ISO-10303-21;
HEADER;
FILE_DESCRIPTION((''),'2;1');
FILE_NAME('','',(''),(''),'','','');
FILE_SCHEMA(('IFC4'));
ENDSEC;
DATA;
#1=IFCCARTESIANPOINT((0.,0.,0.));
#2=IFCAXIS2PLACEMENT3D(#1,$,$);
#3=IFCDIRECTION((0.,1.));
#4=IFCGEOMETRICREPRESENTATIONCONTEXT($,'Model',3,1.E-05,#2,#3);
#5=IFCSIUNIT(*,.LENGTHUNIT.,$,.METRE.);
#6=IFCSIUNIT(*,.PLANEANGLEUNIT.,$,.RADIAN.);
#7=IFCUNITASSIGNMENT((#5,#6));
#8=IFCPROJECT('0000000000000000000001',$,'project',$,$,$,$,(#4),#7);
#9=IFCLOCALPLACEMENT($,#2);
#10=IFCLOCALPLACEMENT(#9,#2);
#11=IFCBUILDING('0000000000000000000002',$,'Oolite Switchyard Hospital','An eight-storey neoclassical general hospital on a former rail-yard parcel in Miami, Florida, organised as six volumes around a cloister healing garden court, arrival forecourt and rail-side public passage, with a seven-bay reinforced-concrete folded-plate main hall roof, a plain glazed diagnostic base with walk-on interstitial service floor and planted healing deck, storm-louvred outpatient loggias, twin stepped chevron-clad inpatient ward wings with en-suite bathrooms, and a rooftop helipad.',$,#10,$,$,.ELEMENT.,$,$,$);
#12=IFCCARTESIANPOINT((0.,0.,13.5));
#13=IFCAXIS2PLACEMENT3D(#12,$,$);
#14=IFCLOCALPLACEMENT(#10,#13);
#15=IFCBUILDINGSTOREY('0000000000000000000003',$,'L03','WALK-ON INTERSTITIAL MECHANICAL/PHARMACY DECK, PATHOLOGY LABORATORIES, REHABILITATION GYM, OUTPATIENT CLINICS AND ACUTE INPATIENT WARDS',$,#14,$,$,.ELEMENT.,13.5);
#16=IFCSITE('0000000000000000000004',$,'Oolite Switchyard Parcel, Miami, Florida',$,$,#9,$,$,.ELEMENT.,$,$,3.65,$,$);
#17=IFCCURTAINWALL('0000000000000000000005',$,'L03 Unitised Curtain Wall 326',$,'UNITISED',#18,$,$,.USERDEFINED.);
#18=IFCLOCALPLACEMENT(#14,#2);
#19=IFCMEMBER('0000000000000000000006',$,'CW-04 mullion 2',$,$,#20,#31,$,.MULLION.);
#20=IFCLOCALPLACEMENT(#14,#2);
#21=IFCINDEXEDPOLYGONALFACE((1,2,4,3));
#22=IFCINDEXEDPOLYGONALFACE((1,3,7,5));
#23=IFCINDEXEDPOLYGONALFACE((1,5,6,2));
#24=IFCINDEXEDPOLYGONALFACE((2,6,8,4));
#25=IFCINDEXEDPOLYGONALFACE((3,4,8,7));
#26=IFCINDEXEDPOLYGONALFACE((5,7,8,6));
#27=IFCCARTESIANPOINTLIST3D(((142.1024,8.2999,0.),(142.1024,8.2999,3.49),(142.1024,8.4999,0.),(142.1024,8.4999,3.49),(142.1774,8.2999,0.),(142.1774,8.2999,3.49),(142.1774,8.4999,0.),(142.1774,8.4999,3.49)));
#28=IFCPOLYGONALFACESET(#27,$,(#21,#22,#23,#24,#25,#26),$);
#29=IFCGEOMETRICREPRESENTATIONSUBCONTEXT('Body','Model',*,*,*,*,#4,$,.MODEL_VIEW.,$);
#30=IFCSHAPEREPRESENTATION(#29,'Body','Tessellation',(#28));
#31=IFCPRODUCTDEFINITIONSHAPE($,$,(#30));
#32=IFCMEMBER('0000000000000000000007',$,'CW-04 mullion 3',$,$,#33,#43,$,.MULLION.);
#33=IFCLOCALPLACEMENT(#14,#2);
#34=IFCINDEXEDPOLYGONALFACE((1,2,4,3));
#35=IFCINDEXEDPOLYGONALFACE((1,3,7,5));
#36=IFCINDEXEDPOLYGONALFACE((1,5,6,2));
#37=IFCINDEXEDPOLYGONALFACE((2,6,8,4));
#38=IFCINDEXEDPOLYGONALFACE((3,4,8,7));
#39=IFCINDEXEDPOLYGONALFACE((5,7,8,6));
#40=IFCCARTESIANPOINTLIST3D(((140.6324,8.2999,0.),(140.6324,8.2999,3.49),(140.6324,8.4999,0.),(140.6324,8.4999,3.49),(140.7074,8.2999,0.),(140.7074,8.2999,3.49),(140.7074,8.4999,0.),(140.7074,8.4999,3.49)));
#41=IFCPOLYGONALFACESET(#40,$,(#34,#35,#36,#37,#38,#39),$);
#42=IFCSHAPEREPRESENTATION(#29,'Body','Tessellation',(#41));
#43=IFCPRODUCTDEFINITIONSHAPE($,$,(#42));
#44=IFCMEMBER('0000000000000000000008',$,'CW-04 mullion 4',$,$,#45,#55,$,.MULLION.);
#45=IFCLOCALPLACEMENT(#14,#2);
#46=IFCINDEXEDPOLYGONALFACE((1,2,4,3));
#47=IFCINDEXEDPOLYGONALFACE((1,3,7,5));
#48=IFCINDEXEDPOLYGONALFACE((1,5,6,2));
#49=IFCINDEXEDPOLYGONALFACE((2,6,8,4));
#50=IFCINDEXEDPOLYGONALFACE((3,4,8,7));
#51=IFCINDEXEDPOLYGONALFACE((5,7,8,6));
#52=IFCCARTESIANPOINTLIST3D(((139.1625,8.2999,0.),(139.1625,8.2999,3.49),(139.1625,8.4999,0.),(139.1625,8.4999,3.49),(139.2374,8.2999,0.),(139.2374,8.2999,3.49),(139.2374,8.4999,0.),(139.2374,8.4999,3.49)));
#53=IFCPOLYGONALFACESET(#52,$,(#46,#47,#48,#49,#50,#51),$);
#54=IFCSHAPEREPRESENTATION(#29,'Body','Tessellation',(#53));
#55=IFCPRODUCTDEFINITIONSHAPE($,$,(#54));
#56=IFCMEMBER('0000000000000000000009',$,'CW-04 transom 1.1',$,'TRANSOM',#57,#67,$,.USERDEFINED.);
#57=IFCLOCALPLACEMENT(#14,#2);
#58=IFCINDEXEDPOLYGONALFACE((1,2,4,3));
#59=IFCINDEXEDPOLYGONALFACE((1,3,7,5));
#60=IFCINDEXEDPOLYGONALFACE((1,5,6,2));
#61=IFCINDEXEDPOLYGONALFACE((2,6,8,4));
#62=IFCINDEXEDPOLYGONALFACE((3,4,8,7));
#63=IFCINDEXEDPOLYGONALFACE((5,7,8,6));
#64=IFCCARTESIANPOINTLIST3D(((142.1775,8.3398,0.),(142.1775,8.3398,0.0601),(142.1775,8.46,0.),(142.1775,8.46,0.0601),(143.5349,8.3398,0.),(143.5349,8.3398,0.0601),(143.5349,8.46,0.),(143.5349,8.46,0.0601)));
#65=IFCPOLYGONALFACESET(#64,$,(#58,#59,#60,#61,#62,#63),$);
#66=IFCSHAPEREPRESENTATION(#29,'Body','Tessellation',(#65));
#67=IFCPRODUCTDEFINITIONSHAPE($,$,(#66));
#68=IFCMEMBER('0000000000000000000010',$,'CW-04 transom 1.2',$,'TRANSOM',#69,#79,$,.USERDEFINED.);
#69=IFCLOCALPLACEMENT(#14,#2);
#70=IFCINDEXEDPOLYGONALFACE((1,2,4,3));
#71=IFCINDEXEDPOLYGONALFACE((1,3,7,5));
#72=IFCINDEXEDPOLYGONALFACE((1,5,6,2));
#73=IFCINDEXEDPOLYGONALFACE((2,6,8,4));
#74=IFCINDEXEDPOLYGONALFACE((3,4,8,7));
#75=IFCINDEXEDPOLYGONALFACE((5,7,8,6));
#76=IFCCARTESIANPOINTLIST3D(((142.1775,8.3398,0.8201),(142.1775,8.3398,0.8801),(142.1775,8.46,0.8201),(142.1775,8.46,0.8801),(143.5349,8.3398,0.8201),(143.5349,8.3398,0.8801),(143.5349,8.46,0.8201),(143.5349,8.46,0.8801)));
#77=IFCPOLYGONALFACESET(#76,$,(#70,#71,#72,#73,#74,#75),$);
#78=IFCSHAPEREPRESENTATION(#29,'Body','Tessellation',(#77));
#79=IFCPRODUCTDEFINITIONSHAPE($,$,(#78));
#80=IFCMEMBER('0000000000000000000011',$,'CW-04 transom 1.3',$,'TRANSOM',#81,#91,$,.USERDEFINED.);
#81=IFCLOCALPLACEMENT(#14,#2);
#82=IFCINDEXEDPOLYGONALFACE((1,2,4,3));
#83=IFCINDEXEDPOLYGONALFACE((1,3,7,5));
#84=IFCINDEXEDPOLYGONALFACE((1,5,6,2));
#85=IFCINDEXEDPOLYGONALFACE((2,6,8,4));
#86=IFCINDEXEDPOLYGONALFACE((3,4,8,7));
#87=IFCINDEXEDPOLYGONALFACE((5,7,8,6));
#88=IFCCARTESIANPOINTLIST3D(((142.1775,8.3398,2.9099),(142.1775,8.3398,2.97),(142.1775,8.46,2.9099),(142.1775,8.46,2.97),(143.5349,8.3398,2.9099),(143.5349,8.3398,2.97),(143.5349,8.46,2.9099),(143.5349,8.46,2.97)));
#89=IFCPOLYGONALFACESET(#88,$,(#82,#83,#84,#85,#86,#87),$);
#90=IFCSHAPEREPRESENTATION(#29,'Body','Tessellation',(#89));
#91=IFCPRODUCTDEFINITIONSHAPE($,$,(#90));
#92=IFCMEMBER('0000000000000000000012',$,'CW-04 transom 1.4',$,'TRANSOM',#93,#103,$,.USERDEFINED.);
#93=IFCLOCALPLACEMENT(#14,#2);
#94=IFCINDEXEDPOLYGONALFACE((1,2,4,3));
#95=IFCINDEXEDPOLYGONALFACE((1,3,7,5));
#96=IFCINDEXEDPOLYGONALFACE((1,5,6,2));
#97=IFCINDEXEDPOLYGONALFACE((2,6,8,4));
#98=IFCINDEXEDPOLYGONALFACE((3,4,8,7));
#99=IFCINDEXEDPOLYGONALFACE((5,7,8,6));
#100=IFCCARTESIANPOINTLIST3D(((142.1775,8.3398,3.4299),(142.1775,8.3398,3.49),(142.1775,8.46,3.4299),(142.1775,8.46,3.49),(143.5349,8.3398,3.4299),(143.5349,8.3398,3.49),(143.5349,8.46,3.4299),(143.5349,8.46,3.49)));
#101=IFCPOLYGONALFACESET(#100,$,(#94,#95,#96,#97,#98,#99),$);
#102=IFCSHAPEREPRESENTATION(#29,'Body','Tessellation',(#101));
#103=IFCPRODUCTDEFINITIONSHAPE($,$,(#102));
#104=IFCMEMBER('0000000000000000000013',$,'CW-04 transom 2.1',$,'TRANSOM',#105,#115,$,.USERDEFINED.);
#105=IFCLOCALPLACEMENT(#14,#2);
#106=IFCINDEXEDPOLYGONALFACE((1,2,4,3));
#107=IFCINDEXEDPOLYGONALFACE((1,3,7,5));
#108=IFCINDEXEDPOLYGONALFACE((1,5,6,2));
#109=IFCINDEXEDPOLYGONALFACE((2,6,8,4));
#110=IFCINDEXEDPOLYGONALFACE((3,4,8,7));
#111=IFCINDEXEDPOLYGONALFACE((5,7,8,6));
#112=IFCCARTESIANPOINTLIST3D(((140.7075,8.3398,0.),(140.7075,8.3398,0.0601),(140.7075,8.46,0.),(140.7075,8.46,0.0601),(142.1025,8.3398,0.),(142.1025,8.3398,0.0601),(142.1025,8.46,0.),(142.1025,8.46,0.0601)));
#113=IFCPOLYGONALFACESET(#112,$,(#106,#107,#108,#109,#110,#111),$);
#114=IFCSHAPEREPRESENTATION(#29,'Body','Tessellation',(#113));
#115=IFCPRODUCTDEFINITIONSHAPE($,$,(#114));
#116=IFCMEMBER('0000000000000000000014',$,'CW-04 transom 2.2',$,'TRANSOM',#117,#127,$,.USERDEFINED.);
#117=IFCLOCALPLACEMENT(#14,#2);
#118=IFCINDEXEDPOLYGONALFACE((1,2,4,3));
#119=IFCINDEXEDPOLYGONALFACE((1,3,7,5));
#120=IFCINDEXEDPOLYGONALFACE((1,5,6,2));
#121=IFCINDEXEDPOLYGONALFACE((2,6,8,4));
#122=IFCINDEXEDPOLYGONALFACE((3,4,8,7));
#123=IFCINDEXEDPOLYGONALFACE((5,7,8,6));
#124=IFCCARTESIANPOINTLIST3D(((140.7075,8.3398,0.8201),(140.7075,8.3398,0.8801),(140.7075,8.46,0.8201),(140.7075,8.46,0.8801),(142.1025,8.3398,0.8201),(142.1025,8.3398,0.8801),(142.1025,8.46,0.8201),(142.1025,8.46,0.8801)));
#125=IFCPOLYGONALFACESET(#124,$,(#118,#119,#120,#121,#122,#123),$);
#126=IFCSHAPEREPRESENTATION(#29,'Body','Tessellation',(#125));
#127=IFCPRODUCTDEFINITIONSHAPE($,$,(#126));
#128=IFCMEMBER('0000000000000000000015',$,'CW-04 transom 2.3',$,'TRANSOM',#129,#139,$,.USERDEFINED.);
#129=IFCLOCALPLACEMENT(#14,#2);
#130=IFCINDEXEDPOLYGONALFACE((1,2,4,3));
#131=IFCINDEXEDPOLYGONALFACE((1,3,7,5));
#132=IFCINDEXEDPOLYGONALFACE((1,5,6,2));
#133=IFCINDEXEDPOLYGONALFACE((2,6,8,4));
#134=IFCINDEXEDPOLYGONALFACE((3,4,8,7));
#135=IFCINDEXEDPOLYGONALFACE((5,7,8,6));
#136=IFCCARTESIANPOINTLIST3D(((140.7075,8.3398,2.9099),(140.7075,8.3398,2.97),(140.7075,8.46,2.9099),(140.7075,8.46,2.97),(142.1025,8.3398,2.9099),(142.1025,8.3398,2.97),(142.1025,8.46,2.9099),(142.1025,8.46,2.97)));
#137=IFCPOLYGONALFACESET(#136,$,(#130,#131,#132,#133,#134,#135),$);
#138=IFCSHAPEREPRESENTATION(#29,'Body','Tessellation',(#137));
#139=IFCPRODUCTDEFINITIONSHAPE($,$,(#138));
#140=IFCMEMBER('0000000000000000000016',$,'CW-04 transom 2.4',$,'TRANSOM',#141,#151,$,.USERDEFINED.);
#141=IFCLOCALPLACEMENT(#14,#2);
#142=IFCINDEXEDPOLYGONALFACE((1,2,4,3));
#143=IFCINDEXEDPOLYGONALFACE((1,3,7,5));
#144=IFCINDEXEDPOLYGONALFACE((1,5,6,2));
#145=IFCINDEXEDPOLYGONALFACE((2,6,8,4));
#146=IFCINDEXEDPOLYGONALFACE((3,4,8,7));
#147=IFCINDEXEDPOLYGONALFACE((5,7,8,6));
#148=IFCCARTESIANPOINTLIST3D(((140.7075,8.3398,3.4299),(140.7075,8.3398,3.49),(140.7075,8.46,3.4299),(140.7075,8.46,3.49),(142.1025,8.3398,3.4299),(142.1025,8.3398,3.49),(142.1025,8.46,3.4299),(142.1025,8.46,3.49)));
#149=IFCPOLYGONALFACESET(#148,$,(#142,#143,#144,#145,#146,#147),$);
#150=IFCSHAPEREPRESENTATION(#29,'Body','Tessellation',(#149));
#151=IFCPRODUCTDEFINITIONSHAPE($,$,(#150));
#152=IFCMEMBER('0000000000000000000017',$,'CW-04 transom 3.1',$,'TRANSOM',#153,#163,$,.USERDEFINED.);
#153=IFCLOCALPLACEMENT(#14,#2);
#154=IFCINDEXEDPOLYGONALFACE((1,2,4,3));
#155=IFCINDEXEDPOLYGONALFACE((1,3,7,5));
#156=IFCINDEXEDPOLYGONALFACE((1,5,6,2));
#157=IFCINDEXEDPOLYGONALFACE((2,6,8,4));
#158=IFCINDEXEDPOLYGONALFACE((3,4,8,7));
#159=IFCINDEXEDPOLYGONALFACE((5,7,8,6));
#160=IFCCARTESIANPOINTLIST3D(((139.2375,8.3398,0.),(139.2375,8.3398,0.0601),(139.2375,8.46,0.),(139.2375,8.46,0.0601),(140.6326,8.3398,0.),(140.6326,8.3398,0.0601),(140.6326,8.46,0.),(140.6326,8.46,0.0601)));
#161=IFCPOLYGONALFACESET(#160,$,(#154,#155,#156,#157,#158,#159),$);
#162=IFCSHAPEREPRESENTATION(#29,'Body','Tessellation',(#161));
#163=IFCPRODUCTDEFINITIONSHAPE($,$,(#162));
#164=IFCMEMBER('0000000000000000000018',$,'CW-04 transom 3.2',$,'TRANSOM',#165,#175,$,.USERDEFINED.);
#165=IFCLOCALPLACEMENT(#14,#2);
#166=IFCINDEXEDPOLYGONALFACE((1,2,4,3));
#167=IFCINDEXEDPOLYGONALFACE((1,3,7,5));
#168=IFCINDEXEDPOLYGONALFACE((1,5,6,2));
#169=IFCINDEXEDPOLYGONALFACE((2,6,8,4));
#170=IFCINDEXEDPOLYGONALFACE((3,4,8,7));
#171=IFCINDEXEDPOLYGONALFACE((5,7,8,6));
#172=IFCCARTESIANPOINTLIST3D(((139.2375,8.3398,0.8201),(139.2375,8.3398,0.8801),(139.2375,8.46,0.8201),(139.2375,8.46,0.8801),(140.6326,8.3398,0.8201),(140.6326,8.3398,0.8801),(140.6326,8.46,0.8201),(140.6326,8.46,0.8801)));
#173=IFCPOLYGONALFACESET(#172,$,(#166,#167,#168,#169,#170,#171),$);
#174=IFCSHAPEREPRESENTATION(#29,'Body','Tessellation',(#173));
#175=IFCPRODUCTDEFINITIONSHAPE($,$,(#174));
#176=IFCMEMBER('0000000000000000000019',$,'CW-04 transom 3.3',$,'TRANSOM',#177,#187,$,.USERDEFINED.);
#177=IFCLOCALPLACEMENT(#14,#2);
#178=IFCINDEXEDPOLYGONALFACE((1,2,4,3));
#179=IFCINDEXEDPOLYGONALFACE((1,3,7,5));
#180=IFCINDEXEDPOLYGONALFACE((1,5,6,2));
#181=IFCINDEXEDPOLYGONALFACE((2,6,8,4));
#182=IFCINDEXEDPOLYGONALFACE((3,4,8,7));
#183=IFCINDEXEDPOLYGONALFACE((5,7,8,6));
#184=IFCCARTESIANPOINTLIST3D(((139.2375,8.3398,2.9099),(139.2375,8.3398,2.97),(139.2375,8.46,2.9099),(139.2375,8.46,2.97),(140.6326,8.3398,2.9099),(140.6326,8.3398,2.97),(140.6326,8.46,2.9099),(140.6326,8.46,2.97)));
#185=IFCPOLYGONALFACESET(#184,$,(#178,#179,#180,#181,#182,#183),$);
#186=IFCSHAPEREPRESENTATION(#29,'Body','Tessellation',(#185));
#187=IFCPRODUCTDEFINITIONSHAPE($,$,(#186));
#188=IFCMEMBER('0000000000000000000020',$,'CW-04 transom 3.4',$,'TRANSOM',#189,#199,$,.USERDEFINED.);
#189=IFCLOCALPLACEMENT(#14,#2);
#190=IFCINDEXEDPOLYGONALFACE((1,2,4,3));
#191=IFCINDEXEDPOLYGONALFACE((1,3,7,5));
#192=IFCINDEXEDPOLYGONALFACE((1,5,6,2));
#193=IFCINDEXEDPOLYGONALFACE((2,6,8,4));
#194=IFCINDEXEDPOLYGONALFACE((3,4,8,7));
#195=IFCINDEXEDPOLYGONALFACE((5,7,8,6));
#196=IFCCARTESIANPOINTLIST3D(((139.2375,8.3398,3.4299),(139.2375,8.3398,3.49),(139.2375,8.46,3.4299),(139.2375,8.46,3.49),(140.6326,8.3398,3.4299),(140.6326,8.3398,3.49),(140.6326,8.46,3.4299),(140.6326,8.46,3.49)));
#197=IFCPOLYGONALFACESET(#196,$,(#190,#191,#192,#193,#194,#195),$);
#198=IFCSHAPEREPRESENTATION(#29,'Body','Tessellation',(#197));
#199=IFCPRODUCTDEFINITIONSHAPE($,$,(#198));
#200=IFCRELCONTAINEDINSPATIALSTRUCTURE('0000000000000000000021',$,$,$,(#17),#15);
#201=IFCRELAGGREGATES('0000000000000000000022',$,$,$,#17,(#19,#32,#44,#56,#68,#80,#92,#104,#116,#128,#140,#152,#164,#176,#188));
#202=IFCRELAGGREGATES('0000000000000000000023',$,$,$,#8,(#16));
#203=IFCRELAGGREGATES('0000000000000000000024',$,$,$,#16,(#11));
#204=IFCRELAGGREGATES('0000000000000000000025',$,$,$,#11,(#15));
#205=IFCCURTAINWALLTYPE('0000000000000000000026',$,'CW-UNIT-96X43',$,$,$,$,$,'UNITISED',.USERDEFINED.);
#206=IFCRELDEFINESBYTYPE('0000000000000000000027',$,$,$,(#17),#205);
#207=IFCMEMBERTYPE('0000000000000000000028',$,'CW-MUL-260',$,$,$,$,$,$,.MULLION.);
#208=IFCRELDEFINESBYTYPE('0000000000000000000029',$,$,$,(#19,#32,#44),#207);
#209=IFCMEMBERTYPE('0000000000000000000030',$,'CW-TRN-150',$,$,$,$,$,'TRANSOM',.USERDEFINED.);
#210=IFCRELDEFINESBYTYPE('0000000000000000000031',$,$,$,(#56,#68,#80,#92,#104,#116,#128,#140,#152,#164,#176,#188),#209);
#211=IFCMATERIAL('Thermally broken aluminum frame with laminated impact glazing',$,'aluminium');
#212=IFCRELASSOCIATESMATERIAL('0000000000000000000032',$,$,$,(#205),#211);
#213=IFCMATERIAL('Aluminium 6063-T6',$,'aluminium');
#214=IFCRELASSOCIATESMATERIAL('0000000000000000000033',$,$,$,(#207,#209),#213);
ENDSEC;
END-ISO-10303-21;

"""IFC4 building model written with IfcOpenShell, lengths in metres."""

from ifc_helpers import new_model, si_unit, direction, frame, origin, origin_2d, place, context, subcontext, project, spatial, rectangle, extrude, material, material_profile, profile_set, type_object, element, aggregate, save


model = new_model("IFC4")

# Units and contexts
model_context = context("Model", 3, precision=1e-05, world=origin(), true_north=direction((0.0, 1.0)))
body_context = subcontext(model_context, "Body", "Model", "MODEL_VIEW")
ifc_project = project(units=[si_unit("LENGTHUNIT", "METRE"), si_unit("PLANEANGLEUNIT", "RADIAN")], contexts=[model_context])

# Site, building, storey
site_placement = place(None, origin())
site = spatial("IfcSite", under=ifc_project, at=site_placement, Name="Oolite Switchyard Parcel, Miami, Florida", CompositionType="ELEMENT", RefElevation=3.65)
building_placement = place(site_placement, origin())
building = spatial("IfcBuilding", under=site, at=building_placement, Name="Oolite Switchyard Hospital", Description="An eight-storey neoclassical general hospital on a former rail-yard parcel in Miami, Florida, organised as six volumes around a cloister healing garden court, arrival forecourt and rail-side public passage, with a seven-bay reinforced-concrete folded-plate main hall roof, a plain glazed diagnostic base with walk-on interstitial service floor and planted healing deck, storm-louvred outpatient loggias, twin stepped chevron-clad inpatient ward wings with en-suite bathrooms, and a rooftop helipad.", CompositionType="ELEMENT")
storey_placement = place(building_placement, frame((0.0, 0.0, 13.5)))
storey = spatial("IfcBuildingStorey", under=building, at=storey_placement, Name="L03", Description="WALK-ON INTERSTITIAL MECHANICAL/PHARMACY DECK, PATHOLOGY LABORATORIES, REHABILITATION GYM, OUTPATIENT CLINICS AND ACUTE INPATIENT WARDS", CompositionType="ELEMENT", Elevation=13.5)

# Curtain wall, members
ifc_material_1 = material(Name="Thermally broken aluminum frame with laminated impact glazing", Category="aluminium")
curtain_wall_type = type_object("IfcCurtainWallType", Name="CW-UNIT-96X43", ElementType="UNITISED", PredefinedType="USERDEFINED", material=ifc_material_1)
curtain_wall_placement = place(storey_placement, origin())
curtain_wall = element("IfcCurtainWall", 1, at=curtain_wall_placement, inside=storey, type_object=curtain_wall_type, Name="L03 Unitised Curtain Wall 326", ObjectType="UNITISED", PredefinedType="USERDEFINED")
ifc_material_2 = material(Name="Aluminium 6063-T6", Category="aluminium")
ifc_material_profile_1 = material_profile(ifc_material_2, rectangle(XDim=0.2, YDim=0.075, at=origin_2d()), Name="CWM75X200")
ifc_profile_set_1 = profile_set([ifc_material_profile_1], Name="Aluminium 6063-T6")
member_type_1 = type_object("IfcMemberType", Name="CW-MUL-260", PredefinedType="MULLION", material=ifc_profile_set_1)
member_1_placement = place(storey_placement, frame((142.1399, 8.3999, 0.0), z_axis=(0.0, 0.0, 1.0), x_axis=(0.0, -1.0, 0.0)))
member_1 = element("IfcMember", 2, at=member_1_placement, type_object=member_type_1, Name="CW-04 mullion 2", PredefinedType="MULLION", context=body_context, shape_type="SweptSolid", body=[
    extrude(rectangle(XDim=0.2, YDim=0.075, at=origin_2d()), origin(), (0.0, 0.0, 1.0), 3.49),
])
member_2_placement = place(storey_placement, frame((140.6699, 8.3999, 0.0), z_axis=(0.0, 0.0, 1.0), x_axis=(0.0, -1.0, 0.0)))
member_2 = element("IfcMember", 3, at=member_2_placement, type_object=member_type_1, Name="CW-04 mullion 3", PredefinedType="MULLION", context=body_context, shape_type="SweptSolid", body=[
    extrude(rectangle(XDim=0.2, YDim=0.075, at=origin_2d()), origin(), (0.0, 0.0, 1.0), 3.49),
])
member_3_placement = place(storey_placement, frame((139.2, 8.3999, 0.0), z_axis=(0.0, 0.0, 1.0), x_axis=(0.0, -1.0, 0.0)))
member_3 = element("IfcMember", 4, at=member_3_placement, type_object=member_type_1, Name="CW-04 mullion 4", PredefinedType="MULLION", context=body_context, shape_type="SweptSolid", body=[
    extrude(rectangle(XDim=0.2, YDim=0.075, at=origin_2d()), origin(), (0.0, 0.0, 1.0), 3.49),
])
ifc_material_profile_2 = material_profile(ifc_material_2, rectangle(XDim=0.1201, YDim=0.0601, at=origin_2d()), Name="CWT60X120")
ifc_profile_set_2 = profile_set([ifc_material_profile_2], Name="Aluminium 6063-T6")
member_type_2 = type_object("IfcMemberType", Name="CW-TRN-150", ElementType="TRANSOM", PredefinedType="USERDEFINED", material=ifc_profile_set_2)
member_4_placement = place(storey_placement, frame((143.5349, 8.3999, 0.03), z_axis=(-1.0, 0.0, 0.0), x_axis=(0.0, -1.0, 0.0)))
member_4 = element("IfcMember", 5, at=member_4_placement, type_object=member_type_2, Name="CW-04 transom 1.1", ObjectType="TRANSOM", PredefinedType="USERDEFINED", context=body_context, shape_type="SweptSolid", body=[
    extrude(rectangle(XDim=0.1201, YDim=0.0601, at=origin_2d()), origin(), (0.0, 0.0, 1.0), 1.3574),
])
member_5_placement = place(storey_placement, frame((143.5349, 8.3999, 0.8501), z_axis=(-1.0, 0.0, 0.0), x_axis=(0.0, -1.0, 0.0)))
member_5 = element("IfcMember", 6, at=member_5_placement, type_object=member_type_2, Name="CW-04 transom 1.2", ObjectType="TRANSOM", PredefinedType="USERDEFINED", context=body_context, shape_type="SweptSolid", body=[
    extrude(rectangle(XDim=0.1201, YDim=0.0601, at=origin_2d()), origin(), (0.0, 0.0, 1.0), 1.3574),
])
member_6_placement = place(storey_placement, frame((143.5349, 8.3999, 2.9399), z_axis=(-1.0, 0.0, 0.0), x_axis=(0.0, -1.0, 0.0)))
member_6 = element("IfcMember", 7, at=member_6_placement, type_object=member_type_2, Name="CW-04 transom 1.3", ObjectType="TRANSOM", PredefinedType="USERDEFINED", context=body_context, shape_type="SweptSolid", body=[
    extrude(rectangle(XDim=0.1201, YDim=0.0601, at=origin_2d()), origin(), (0.0, 0.0, 1.0), 1.3574),
])
member_7_placement = place(storey_placement, frame((143.5349, 8.3999, 3.46), z_axis=(-1.0, 0.0, 0.0), x_axis=(0.0, -1.0, 0.0)))
member_7 = element("IfcMember", 8, at=member_7_placement, type_object=member_type_2, Name="CW-04 transom 1.4", ObjectType="TRANSOM", PredefinedType="USERDEFINED", context=body_context, shape_type="SweptSolid", body=[
    extrude(rectangle(XDim=0.1201, YDim=0.0601, at=origin_2d()), origin(), (0.0, 0.0, 1.0), 1.3574),
])
member_8_placement = place(storey_placement, frame((142.1025, 8.3999, 0.03), z_axis=(-1.0, 0.0, 0.0), x_axis=(0.0, -1.0, 0.0)))
member_8 = element("IfcMember", 9, at=member_8_placement, type_object=member_type_2, Name="CW-04 transom 2.1", ObjectType="TRANSOM", PredefinedType="USERDEFINED", context=body_context, shape_type="SweptSolid", body=[
    extrude(rectangle(XDim=0.1201, YDim=0.0601, at=origin_2d()), origin(), (0.0, 0.0, 1.0), 1.395),
])
member_9_placement = place(storey_placement, frame((142.1025, 8.3999, 0.8501), z_axis=(-1.0, 0.0, 0.0), x_axis=(0.0, -1.0, 0.0)))
member_9 = element("IfcMember", 10, at=member_9_placement, type_object=member_type_2, Name="CW-04 transom 2.2", ObjectType="TRANSOM", PredefinedType="USERDEFINED", context=body_context, shape_type="SweptSolid", body=[
    extrude(rectangle(XDim=0.1201, YDim=0.0601, at=origin_2d()), origin(), (0.0, 0.0, 1.0), 1.395),
])
member_10_placement = place(storey_placement, frame((142.1025, 8.3999, 2.9399), z_axis=(-1.0, 0.0, 0.0), x_axis=(0.0, -1.0, 0.0)))
member_10 = element("IfcMember", 11, at=member_10_placement, type_object=member_type_2, Name="CW-04 transom 2.3", ObjectType="TRANSOM", PredefinedType="USERDEFINED", context=body_context, shape_type="SweptSolid", body=[
    extrude(rectangle(XDim=0.1201, YDim=0.0601, at=origin_2d()), origin(), (0.0, 0.0, 1.0), 1.395),
])
member_11_placement = place(storey_placement, frame((142.1025, 8.3999, 3.46), z_axis=(-1.0, 0.0, 0.0), x_axis=(0.0, -1.0, 0.0)))
member_11 = element("IfcMember", 12, at=member_11_placement, type_object=member_type_2, Name="CW-04 transom 2.4", ObjectType="TRANSOM", PredefinedType="USERDEFINED", context=body_context, shape_type="SweptSolid", body=[
    extrude(rectangle(XDim=0.1201, YDim=0.0601, at=origin_2d()), origin(), (0.0, 0.0, 1.0), 1.395),
])
member_12_placement = place(storey_placement, frame((140.6326, 8.3999, 0.03), z_axis=(-1.0, 0.0, 0.0), x_axis=(0.0, -1.0, 0.0)))
member_12 = element("IfcMember", 13, at=member_12_placement, type_object=member_type_2, Name="CW-04 transom 3.1", ObjectType="TRANSOM", PredefinedType="USERDEFINED", context=body_context, shape_type="SweptSolid", body=[
    extrude(rectangle(XDim=0.1201, YDim=0.0601, at=origin_2d()), origin(), (0.0, 0.0, 1.0), 1.395),
])
member_13_placement = place(storey_placement, frame((140.6326, 8.3999, 0.8501), z_axis=(-1.0, 0.0, 0.0), x_axis=(0.0, -1.0, 0.0)))
member_13 = element("IfcMember", 14, at=member_13_placement, type_object=member_type_2, Name="CW-04 transom 3.2", ObjectType="TRANSOM", PredefinedType="USERDEFINED", context=body_context, shape_type="SweptSolid", body=[
    extrude(rectangle(XDim=0.1201, YDim=0.0601, at=origin_2d()), origin(), (0.0, 0.0, 1.0), 1.395),
])
member_14_placement = place(storey_placement, frame((140.6326, 8.3999, 2.9399), z_axis=(-1.0, 0.0, 0.0), x_axis=(0.0, -1.0, 0.0)))
member_14 = element("IfcMember", 15, at=member_14_placement, type_object=member_type_2, Name="CW-04 transom 3.3", ObjectType="TRANSOM", PredefinedType="USERDEFINED", context=body_context, shape_type="SweptSolid", body=[
    extrude(rectangle(XDim=0.1201, YDim=0.0601, at=origin_2d()), origin(), (0.0, 0.0, 1.0), 1.395),
])
member_15_placement = place(storey_placement, frame((140.6326, 8.3999, 3.46), z_axis=(-1.0, 0.0, 0.0), x_axis=(0.0, -1.0, 0.0)))
member_15 = element("IfcMember", 16, at=member_15_placement, type_object=member_type_2, Name="CW-04 transom 3.4", ObjectType="TRANSOM", PredefinedType="USERDEFINED", context=body_context, shape_type="SweptSolid", body=[
    extrude(rectangle(XDim=0.1201, YDim=0.0601, at=origin_2d()), origin(), (0.0, 0.0, 1.0), 1.395),
])
aggregate(curtain_wall, [member_1, member_2, member_3, member_4, member_5, member_6, member_7, member_8, member_9, member_10, member_11, member_12, member_13, member_14, member_15])

save(model, "model.ifc")
